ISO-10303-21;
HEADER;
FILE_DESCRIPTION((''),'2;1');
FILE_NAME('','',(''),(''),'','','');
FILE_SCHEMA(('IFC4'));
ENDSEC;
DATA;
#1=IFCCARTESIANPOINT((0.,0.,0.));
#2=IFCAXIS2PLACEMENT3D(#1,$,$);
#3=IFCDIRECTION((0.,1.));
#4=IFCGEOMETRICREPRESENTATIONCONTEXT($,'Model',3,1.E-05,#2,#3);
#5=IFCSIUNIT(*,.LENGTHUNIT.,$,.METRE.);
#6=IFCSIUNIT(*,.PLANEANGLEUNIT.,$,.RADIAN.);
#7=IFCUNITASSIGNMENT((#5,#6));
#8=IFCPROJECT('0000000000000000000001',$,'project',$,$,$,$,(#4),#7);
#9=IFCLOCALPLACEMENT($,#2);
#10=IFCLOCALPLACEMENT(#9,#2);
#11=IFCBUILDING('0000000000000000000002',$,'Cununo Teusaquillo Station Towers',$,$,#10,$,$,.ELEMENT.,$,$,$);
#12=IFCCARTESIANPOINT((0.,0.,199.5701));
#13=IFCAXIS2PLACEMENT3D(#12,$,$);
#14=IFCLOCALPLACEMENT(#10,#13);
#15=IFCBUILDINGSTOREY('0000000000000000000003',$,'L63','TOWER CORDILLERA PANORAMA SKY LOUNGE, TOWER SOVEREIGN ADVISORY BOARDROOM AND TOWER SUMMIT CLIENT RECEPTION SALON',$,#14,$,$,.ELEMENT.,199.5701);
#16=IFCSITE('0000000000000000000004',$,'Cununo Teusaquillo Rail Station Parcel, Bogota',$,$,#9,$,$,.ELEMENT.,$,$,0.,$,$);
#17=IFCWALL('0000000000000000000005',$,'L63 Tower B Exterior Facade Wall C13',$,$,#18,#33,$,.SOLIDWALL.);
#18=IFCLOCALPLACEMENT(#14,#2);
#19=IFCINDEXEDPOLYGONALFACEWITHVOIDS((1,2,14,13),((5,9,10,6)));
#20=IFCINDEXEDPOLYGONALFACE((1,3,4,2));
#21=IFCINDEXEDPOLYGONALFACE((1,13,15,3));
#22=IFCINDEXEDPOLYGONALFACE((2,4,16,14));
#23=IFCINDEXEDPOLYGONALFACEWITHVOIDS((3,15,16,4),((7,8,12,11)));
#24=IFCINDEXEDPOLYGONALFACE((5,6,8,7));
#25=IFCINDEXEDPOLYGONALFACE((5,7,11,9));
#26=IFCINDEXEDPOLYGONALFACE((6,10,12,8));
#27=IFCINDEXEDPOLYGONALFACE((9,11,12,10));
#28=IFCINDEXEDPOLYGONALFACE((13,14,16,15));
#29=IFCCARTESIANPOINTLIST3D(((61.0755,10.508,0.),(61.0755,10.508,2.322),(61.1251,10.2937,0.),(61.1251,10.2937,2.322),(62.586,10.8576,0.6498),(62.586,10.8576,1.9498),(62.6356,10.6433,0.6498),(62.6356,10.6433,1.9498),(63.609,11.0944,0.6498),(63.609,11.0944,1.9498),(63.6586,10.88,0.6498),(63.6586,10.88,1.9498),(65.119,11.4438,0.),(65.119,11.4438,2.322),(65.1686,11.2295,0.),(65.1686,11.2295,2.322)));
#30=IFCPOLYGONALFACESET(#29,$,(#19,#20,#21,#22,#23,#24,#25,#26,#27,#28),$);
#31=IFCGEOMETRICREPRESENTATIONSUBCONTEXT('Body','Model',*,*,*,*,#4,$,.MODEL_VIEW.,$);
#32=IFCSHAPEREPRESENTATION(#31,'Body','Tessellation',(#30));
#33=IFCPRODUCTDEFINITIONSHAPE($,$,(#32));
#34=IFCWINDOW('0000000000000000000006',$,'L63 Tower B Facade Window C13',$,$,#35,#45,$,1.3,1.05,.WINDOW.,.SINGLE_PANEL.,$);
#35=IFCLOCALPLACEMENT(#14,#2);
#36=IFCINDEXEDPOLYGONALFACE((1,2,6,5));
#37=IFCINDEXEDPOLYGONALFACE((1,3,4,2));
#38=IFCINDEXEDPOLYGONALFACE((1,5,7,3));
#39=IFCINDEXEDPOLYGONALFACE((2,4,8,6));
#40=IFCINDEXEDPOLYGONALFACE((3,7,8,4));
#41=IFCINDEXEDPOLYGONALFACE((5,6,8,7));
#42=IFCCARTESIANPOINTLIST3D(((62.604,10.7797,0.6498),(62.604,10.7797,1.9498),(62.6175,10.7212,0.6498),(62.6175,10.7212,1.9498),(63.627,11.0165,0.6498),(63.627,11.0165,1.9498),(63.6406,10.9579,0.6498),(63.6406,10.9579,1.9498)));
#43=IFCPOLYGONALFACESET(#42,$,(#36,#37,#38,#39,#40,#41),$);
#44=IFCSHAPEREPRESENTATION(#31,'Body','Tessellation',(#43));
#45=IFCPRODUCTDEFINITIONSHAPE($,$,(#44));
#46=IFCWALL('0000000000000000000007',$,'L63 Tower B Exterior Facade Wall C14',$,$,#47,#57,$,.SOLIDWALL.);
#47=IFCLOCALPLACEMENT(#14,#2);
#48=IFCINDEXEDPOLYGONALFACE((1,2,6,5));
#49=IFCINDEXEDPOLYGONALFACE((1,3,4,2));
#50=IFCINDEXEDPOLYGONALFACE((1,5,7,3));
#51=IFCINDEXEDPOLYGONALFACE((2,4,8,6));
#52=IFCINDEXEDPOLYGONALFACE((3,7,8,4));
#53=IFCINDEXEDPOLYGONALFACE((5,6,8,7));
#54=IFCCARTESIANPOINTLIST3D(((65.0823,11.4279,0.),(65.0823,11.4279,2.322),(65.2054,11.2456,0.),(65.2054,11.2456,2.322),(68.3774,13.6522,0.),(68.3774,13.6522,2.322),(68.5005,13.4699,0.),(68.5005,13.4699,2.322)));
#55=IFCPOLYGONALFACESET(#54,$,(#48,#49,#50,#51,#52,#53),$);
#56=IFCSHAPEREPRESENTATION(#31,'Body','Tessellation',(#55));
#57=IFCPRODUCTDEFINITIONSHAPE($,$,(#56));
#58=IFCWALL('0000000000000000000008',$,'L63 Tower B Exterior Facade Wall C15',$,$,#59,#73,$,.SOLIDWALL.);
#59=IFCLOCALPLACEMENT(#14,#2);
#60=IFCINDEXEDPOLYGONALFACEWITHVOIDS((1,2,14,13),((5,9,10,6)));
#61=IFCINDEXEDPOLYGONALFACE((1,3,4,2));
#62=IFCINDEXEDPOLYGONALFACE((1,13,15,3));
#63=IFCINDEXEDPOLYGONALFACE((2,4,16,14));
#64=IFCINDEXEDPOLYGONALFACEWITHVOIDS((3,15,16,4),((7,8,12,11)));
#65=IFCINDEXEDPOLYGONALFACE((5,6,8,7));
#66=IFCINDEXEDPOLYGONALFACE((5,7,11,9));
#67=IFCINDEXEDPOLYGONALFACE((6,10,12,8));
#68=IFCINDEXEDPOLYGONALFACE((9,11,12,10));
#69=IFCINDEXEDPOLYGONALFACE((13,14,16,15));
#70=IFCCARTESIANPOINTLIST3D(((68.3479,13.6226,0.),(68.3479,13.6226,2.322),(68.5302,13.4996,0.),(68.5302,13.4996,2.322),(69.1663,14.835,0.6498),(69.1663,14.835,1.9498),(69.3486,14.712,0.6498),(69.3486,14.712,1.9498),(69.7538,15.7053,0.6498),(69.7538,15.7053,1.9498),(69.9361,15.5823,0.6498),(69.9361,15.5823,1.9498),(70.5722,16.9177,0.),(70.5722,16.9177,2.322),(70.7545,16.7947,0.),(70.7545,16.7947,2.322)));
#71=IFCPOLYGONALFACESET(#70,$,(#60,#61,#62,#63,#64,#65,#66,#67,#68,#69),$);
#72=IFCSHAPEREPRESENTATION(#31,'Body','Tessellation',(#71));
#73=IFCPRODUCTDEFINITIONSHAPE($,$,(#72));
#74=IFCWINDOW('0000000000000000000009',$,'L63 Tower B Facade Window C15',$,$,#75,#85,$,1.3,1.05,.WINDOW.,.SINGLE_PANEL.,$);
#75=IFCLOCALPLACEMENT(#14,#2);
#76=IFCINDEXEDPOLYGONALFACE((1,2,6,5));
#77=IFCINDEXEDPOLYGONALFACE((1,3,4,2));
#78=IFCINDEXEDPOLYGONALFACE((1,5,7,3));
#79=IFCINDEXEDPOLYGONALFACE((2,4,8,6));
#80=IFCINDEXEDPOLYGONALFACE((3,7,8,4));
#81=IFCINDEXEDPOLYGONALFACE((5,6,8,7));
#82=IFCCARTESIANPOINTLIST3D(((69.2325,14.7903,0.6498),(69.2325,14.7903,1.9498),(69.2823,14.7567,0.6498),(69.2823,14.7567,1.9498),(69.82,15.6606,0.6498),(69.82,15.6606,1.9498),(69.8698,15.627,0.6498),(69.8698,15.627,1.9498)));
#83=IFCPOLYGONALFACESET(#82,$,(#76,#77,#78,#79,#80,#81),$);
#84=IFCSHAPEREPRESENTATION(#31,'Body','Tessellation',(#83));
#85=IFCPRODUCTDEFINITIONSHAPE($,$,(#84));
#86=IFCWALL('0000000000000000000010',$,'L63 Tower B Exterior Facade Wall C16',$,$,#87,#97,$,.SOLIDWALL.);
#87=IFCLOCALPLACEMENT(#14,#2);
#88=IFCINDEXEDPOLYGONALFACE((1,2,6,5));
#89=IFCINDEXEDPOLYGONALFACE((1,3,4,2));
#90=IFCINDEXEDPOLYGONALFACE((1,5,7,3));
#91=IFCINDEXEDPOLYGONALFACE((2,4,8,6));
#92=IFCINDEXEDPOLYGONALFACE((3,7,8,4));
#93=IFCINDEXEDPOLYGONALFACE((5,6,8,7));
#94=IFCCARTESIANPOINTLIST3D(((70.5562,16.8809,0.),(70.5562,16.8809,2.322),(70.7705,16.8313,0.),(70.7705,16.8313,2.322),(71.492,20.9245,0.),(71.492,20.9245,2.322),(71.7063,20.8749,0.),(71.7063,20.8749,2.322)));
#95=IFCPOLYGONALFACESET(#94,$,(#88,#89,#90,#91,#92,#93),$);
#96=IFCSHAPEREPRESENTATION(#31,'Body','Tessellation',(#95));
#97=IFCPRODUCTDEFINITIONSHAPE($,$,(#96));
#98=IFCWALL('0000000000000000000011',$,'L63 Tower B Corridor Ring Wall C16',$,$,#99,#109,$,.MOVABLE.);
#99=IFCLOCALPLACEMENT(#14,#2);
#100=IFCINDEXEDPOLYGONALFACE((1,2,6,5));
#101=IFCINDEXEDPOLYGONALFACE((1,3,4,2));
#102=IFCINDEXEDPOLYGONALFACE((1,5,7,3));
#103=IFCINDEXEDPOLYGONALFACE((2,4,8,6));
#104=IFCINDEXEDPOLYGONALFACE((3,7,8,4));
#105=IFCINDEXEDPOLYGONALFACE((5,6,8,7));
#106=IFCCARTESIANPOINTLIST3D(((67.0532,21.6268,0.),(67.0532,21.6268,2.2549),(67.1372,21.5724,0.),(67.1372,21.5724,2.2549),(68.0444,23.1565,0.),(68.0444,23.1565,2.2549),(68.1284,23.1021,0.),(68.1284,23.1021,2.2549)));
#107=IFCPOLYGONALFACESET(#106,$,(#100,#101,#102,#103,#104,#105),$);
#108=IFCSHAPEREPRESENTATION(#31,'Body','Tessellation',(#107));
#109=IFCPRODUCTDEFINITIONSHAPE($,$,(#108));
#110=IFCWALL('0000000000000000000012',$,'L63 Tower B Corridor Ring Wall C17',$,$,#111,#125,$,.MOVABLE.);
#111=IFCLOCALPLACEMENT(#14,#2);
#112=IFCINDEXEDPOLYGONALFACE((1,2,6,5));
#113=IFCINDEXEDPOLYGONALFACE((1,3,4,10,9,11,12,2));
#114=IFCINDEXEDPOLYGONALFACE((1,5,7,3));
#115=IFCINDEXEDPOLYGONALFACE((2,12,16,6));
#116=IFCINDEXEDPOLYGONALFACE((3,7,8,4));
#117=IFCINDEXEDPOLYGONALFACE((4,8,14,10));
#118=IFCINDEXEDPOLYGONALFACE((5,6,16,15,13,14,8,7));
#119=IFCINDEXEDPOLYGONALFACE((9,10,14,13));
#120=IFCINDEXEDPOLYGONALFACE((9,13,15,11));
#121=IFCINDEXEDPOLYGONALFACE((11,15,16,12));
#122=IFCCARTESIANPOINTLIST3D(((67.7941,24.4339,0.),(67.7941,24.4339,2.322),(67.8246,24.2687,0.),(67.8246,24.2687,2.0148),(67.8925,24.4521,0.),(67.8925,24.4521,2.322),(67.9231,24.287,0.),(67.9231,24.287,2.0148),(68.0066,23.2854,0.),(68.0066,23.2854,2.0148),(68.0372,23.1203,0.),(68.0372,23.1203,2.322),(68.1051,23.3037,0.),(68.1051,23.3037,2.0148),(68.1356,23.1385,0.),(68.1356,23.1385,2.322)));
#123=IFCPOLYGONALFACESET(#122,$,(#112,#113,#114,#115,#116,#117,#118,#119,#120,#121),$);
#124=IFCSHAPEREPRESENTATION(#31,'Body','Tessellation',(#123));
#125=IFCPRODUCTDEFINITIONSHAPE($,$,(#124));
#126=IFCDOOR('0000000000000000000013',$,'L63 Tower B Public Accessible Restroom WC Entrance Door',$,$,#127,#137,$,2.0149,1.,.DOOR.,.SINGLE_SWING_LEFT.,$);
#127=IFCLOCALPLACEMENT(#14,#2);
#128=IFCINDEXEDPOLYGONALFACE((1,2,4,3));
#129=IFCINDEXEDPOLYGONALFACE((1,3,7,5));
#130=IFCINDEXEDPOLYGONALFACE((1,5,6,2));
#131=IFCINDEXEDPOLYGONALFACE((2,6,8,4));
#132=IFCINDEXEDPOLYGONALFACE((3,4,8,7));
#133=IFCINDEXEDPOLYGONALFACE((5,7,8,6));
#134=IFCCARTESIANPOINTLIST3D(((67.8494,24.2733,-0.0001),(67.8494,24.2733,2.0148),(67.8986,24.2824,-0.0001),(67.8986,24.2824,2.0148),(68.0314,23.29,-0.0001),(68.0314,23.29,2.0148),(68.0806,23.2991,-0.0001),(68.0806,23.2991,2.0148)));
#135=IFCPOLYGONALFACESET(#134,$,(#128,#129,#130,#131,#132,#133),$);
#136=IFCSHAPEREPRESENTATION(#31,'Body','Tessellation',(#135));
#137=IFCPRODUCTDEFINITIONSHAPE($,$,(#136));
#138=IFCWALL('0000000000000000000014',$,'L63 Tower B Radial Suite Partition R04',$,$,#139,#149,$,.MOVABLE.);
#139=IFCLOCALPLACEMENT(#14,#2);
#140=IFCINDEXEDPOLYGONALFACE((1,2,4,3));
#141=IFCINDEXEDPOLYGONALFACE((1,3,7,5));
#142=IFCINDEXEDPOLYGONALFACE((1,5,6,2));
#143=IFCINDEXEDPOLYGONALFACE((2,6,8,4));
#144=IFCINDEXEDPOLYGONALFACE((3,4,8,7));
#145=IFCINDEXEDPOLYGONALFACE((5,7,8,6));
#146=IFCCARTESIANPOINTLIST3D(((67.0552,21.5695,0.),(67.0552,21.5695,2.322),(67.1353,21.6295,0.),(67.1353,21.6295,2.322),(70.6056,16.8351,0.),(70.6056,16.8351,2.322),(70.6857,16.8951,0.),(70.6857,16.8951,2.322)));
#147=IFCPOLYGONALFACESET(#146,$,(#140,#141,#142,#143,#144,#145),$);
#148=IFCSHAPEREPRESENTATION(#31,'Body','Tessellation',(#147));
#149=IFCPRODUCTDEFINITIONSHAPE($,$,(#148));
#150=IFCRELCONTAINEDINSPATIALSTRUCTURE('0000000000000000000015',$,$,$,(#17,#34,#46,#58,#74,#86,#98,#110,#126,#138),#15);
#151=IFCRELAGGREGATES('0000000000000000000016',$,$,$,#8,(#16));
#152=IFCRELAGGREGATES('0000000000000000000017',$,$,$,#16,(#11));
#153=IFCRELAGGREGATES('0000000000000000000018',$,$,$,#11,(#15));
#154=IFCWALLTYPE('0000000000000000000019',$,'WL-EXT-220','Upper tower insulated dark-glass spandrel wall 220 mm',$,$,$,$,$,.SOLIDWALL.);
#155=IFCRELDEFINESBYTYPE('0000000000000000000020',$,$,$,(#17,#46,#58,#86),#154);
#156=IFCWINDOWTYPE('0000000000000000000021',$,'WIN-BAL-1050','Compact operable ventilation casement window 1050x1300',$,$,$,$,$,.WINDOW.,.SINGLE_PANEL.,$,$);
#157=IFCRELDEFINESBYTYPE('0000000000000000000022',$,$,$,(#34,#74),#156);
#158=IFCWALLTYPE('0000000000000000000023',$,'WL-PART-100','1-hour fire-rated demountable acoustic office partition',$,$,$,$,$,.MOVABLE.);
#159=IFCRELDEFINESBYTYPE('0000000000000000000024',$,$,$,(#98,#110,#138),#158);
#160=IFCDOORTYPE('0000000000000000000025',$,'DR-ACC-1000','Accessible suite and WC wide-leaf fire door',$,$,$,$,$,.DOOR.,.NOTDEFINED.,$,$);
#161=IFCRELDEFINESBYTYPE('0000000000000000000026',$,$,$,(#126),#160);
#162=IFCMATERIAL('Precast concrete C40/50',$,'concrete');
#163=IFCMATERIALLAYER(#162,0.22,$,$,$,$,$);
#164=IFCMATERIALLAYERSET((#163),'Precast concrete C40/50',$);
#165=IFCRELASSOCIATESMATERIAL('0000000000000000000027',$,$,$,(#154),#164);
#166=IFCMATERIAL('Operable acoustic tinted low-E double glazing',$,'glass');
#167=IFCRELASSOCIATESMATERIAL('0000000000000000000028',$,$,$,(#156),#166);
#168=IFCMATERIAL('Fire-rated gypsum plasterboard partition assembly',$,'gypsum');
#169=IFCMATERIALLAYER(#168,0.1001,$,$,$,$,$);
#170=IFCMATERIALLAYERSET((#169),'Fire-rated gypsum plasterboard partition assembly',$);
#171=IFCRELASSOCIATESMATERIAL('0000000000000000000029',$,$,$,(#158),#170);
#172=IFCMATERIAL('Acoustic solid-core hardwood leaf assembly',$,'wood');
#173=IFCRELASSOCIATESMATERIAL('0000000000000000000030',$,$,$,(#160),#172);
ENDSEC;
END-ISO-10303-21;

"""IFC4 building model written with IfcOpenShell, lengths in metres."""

from ifc_helpers import new_model, si_unit, direction, frame, frame_2d, origin, place, context, subcontext, project, spatial, rectangle, extrude, source, transform, mapped, material, layer, layer_set, type_object, element, fill, save


model = new_model("IFC4")

# Units and contexts
model_context = context("Model", 3, precision=1e-05, world=origin(), true_north=direction((0.0, 1.0)))
body_context = subcontext(model_context, "Body", "Model", "MODEL_VIEW")
ifc_project = project(units=[si_unit("LENGTHUNIT", "METRE"), si_unit("PLANEANGLEUNIT", "RADIAN")], contexts=[model_context])

# Site, building, storey
site_placement = place(None, origin())
site = spatial("IfcSite", under=ifc_project, at=site_placement, Name="Cununo Teusaquillo Rail Station Parcel, Bogota", CompositionType="ELEMENT", RefElevation=0.0)
building_placement = place(site_placement, origin())
building = spatial("IfcBuilding", under=site, at=building_placement, Name="Cununo Teusaquillo Station Towers", CompositionType="ELEMENT")
storey_placement = place(building_placement, frame((0.0, 0.0, 199.5701)))
storey = spatial("IfcBuildingStorey", under=building, at=storey_placement, Name="L63", Description="TOWER CORDILLERA PANORAMA SKY LOUNGE, TOWER SOVEREIGN ADVISORY BOARDROOM AND TOWER SUMMIT CLIENT RECEPTION SALON", CompositionType="ELEMENT", Elevation=199.5701)

# Wall, opening, window
ifc_material_1 = material(Name="Precast concrete C40/50", Category="concrete")
ifc_layer_1 = layer(ifc_material_1, 0.22)
ifc_layer_set_1 = layer_set([ifc_layer_1], Name="Precast concrete C40/50")
wall_type_1 = type_object("IfcWallType", Name="WL-EXT-220", Description="Upper tower insulated dark-glass spandrel wall 220 mm", PredefinedType="SOLIDWALL", material=ifc_layer_set_1)
wall_1_placement = place(storey_placement, frame((65.1438, 11.3367, 0.0), z_axis=(0.0, 0.0, 1.0), x_axis=(-0.974249, -0.225474, 0.0)))
wall_1 = element("IfcWall", 1, at=wall_1_placement, inside=storey, type_object=wall_type_1, Name="L63 Tower B Exterior Facade Wall C13", PredefinedType="SOLIDWALL", context=body_context, shape_type="SweptSolid", body=[
    extrude(rectangle(XDim=4.1504, YDim=0.22, at=frame_2d((2.0752, 0.0))), origin(), (0.0, 0.0, 1.0), 2.322),
])
shared_shape_1 = source(origin(), body_context, "Body", "SweptSolid", [
    extrude(rectangle(XDim=1.05, YDim=1.3, at=frame_2d((0.5249, 0.6499))), frame((0.0, 0.1199, 0.0), z_axis=(0.0, -1.0, 0.0), x_axis=(1.0, 0.0, 0.0)), (0.0, 0.0, 1.0), 0.24),
])
opening_1_placement = place(wall_1_placement, frame((1.55, 0.0, 0.6499)))
opening_1 = element("IfcOpeningElement", 2, at=opening_1_placement, cuts=wall_1, PredefinedType="OPENING", context=body_context, shape_type="MappedRepresentation", body=[
    mapped(shared_shape_1, transform((0.0, 0.0, 0.0), x_axis=(1.0, 0.0, 0.0), y_axis=(0.0, 1.0, 0.0), z_axis=(0.0, 0.0, 1.0), scale=1.0)),
])
ifc_material_2 = material(Name="Operable acoustic tinted low-E double glazing", Category="glass")
window_type = type_object("IfcWindowType", Name="WIN-BAL-1050", Description="Compact operable ventilation casement window 1050x1300", PartitioningType="SINGLE_PANEL", PredefinedType="WINDOW", material=ifc_material_2)
shared_shape_2 = source(origin(), body_context, "Body", "SweptSolid", [
    extrude(rectangle(XDim=1.05, YDim=1.3, at=frame_2d((0.5249, 0.6499))), frame((0.0, 0.03, 0.0), z_axis=(0.0, -1.0, 0.0), x_axis=(1.0, 0.0, 0.0)), (0.0, 0.0, 1.0), 0.0601),
])
window_1_placement = place(opening_1_placement, origin())
window_1 = element("IfcWindow", 3, at=window_1_placement, inside=storey, type_object=window_type, Name="L63 Tower B Facade Window C13", OverallHeight=1.3, OverallWidth=1.05, PartitioningType="SINGLE_PANEL", PredefinedType="WINDOW", context=body_context, shape_type="MappedRepresentation", body=[
    mapped(shared_shape_2, transform((0.0, 0.0, 0.0), x_axis=(1.0, 0.0, 0.0), y_axis=(0.0, 1.0, 0.0), z_axis=(0.0, 0.0, 1.0), scale=1.0)),
])
fill(opening_1, window_1)

# Wall
wall_2_placement = place(storey_placement, frame((68.439, 13.561, 0.0), z_axis=(0.0, 0.0, 1.0), x_axis=(-0.828834, -0.559495, 0.0)))
element("IfcWall", 4, at=wall_2_placement, inside=storey, type_object=wall_type_1, Name="L63 Tower B Exterior Facade Wall C14", PredefinedType="SOLIDWALL", context=body_context, shape_type="SweptSolid", body=[
    extrude(rectangle(XDim=3.9756, YDim=0.22, at=frame_2d((1.9878, 0.0))), origin(), (0.0, 0.0, 1.0), 2.322),
])

# Wall, opening, window
wall_3_placement = place(storey_placement, frame((70.6633, 16.8562, 0.0), z_axis=(0.0, 0.0, 1.0), x_axis=(-0.559495, -0.828834, 0.0)))
wall_3 = element("IfcWall", 5, at=wall_3_placement, inside=storey, type_object=wall_type_1, Name="L63 Tower B Exterior Facade Wall C15", PredefinedType="SOLIDWALL", context=body_context, shape_type="SweptSolid", body=[
    extrude(rectangle(XDim=3.9756, YDim=0.22, at=frame_2d((1.9878, 0.0))), origin(), (0.0, 0.0, 1.0), 2.322),
])
opening_2_placement = place(wall_3_placement, frame((1.4629, 0.0, 0.6499)))
opening_2 = element("IfcOpeningElement", 6, at=opening_2_placement, cuts=wall_3, PredefinedType="OPENING", context=body_context, shape_type="MappedRepresentation", body=[
    mapped(shared_shape_1, transform((0.0, 0.0, 0.0), x_axis=(1.0, 0.0, 0.0), y_axis=(0.0, 1.0, 0.0), z_axis=(0.0, 0.0, 1.0), scale=1.0)),
])
window_2_placement = place(opening_2_placement, origin())
window_2 = element("IfcWindow", 7, at=window_2_placement, inside=storey, type_object=window_type, Name="L63 Tower B Facade Window C15", OverallHeight=1.3, OverallWidth=1.05, PartitioningType="SINGLE_PANEL", PredefinedType="WINDOW", context=body_context, shape_type="MappedRepresentation", body=[
    mapped(shared_shape_2, transform((0.0, 0.0, 0.0), x_axis=(1.0, 0.0, 0.0), y_axis=(0.0, 1.0, 0.0), z_axis=(0.0, 0.0, 1.0), scale=1.0)),
])
fill(opening_2, window_2)

# Walls
wall_4_placement = place(storey_placement, frame((71.5991, 20.8997, 0.0), z_axis=(0.0, 0.0, 1.0), x_axis=(-0.225474, -0.974249, 0.0)))
element("IfcWall", 8, at=wall_4_placement, inside=storey, type_object=wall_type_1, Name="L63 Tower B Exterior Facade Wall C16", PredefinedType="SOLIDWALL", context=body_context, shape_type="SweptSolid", body=[
    extrude(rectangle(XDim=4.1504, YDim=0.22, at=frame_2d((2.0752, 0.0))), origin(), (0.0, 0.0, 1.0), 2.322),
])
ifc_material_3 = material(Name="Fire-rated gypsum plasterboard partition assembly", Category="gypsum")
ifc_layer_2 = layer(ifc_material_3, 0.1001)
ifc_layer_set_2 = layer_set([ifc_layer_2], Name="Fire-rated gypsum plasterboard partition assembly")
wall_type_2 = type_object("IfcWallType", Name="WL-PART-100", Description="1-hour fire-rated demountable acoustic office partition", PredefinedType="MOVABLE", material=ifc_layer_set_2)
wall_5_placement = place(storey_placement, frame((67.0952, 21.5996, 0.0), z_axis=(0.0, 0.0, 1.0), x_axis=(0.543773, 0.839232, 0.0)))
element("IfcWall", 9, at=wall_5_placement, inside=storey, type_object=wall_type_2, Name="L63 Tower B Corridor Ring Wall C16", PredefinedType="MOVABLE", context=body_context, shape_type="SweptSolid", body=[
    extrude(rectangle(XDim=1.8228, YDim=0.1001, at=frame_2d((0.9114, 0.0))), origin(), (0.0, 0.0, 1.0), 2.2549),
])

# Wall, opening, door
wall_6_placement = place(storey_placement, frame((68.0864, 23.1294, 0.0), z_axis=(0.0, 0.0, 1.0), x_axis=(-0.182004, 0.983298, 0.0)))
wall_6 = element("IfcWall", 10, at=wall_6_placement, inside=storey, type_object=wall_type_2, Name="L63 Tower B Corridor Ring Wall C17", PredefinedType="MOVABLE", context=body_context, shape_type="SweptSolid", body=[
    extrude(rectangle(XDim=1.3359, YDim=0.1001, at=frame_2d((0.668, 0.0))), origin(), (0.0, 0.0, 1.0), 2.322),
])
shared_shape_3 = source(origin(), body_context, "Body", "SweptSolid", [
    extrude(rectangle(XDim=1.0, YDim=2.0149, at=frame_2d((0.5, 1.0073))), frame((0.0, 0.0601, 0.0), z_axis=(0.0, -1.0, 0.0), x_axis=(1.0, 0.0, 0.0)), (0.0, 0.0, 1.0), 0.1201),
])
opening_3_placement = place(wall_6_placement, frame((0.168, 0.0, 0.0)))
opening_3 = element("IfcOpeningElement", 11, at=opening_3_placement, cuts=wall_6, PredefinedType="OPENING", context=body_context, shape_type="MappedRepresentation", body=[
    mapped(shared_shape_3, transform((0.0, 0.0, 0.0), x_axis=(1.0, 0.0, 0.0), y_axis=(0.0, 1.0, 0.0), z_axis=(0.0, 0.0, 1.0), scale=1.0)),
])
ifc_material_4 = material(Name="Acoustic solid-core hardwood leaf assembly", Category="wood")
door_type_1 = type_object("IfcDoorType", Name="DR-ACC-1000", Description="Accessible suite and WC wide-leaf fire door", OperationType="NOTDEFINED", PredefinedType="DOOR", material=ifc_material_4)
shared_shape_4 = source(origin(), body_context, "Body", "SweptSolid", [
    extrude(rectangle(XDim=1.0, YDim=2.0149, at=frame_2d((0.5, 1.0073))), frame((0.0, 0.0249, 0.0), z_axis=(0.0, -1.0, 0.0), x_axis=(1.0, 0.0, 0.0)), (0.0, 0.0, 1.0), 0.05),
])
door_1_placement = place(opening_3_placement, origin())
door_1 = element("IfcDoor", 12, at=door_1_placement, inside=storey, type_object=door_type_1, Name="L63 Tower B Public Accessible Restroom WC Entrance Door", OperationType="SINGLE_SWING_LEFT", OverallHeight=2.0149, OverallWidth=1.0, PredefinedType="DOOR", context=body_context, shape_type="MappedRepresentation", body=[
    mapped(shared_shape_4, transform((0.0, 0.0, 0.0), x_axis=(1.0, 0.0, 0.0), y_axis=(0.0, 1.0, 0.0), z_axis=(0.0, 0.0, 1.0), scale=1.0)),
])
fill(opening_3, door_1)

# Wall
wall_7_placement = place(storey_placement, frame((67.0952, 21.5996, 0.0), z_axis=(0.0, 0.0, 1.0), x_axis=(0.599947, -0.80004, 0.0)))
element("IfcWall", 13, at=wall_7_placement, inside=storey, type_object=wall_type_2, Name="L63 Tower B Radial Suite Partition R04", PredefinedType="MOVABLE", context=body_context, shape_type="SweptSolid", body=[
    extrude(rectangle(XDim=5.9177, YDim=0.1001, at=frame_2d((2.959, 0.0))), origin(), (0.0, 0.0, 1.0), 2.322),
])

save(model, "model.ifc")
